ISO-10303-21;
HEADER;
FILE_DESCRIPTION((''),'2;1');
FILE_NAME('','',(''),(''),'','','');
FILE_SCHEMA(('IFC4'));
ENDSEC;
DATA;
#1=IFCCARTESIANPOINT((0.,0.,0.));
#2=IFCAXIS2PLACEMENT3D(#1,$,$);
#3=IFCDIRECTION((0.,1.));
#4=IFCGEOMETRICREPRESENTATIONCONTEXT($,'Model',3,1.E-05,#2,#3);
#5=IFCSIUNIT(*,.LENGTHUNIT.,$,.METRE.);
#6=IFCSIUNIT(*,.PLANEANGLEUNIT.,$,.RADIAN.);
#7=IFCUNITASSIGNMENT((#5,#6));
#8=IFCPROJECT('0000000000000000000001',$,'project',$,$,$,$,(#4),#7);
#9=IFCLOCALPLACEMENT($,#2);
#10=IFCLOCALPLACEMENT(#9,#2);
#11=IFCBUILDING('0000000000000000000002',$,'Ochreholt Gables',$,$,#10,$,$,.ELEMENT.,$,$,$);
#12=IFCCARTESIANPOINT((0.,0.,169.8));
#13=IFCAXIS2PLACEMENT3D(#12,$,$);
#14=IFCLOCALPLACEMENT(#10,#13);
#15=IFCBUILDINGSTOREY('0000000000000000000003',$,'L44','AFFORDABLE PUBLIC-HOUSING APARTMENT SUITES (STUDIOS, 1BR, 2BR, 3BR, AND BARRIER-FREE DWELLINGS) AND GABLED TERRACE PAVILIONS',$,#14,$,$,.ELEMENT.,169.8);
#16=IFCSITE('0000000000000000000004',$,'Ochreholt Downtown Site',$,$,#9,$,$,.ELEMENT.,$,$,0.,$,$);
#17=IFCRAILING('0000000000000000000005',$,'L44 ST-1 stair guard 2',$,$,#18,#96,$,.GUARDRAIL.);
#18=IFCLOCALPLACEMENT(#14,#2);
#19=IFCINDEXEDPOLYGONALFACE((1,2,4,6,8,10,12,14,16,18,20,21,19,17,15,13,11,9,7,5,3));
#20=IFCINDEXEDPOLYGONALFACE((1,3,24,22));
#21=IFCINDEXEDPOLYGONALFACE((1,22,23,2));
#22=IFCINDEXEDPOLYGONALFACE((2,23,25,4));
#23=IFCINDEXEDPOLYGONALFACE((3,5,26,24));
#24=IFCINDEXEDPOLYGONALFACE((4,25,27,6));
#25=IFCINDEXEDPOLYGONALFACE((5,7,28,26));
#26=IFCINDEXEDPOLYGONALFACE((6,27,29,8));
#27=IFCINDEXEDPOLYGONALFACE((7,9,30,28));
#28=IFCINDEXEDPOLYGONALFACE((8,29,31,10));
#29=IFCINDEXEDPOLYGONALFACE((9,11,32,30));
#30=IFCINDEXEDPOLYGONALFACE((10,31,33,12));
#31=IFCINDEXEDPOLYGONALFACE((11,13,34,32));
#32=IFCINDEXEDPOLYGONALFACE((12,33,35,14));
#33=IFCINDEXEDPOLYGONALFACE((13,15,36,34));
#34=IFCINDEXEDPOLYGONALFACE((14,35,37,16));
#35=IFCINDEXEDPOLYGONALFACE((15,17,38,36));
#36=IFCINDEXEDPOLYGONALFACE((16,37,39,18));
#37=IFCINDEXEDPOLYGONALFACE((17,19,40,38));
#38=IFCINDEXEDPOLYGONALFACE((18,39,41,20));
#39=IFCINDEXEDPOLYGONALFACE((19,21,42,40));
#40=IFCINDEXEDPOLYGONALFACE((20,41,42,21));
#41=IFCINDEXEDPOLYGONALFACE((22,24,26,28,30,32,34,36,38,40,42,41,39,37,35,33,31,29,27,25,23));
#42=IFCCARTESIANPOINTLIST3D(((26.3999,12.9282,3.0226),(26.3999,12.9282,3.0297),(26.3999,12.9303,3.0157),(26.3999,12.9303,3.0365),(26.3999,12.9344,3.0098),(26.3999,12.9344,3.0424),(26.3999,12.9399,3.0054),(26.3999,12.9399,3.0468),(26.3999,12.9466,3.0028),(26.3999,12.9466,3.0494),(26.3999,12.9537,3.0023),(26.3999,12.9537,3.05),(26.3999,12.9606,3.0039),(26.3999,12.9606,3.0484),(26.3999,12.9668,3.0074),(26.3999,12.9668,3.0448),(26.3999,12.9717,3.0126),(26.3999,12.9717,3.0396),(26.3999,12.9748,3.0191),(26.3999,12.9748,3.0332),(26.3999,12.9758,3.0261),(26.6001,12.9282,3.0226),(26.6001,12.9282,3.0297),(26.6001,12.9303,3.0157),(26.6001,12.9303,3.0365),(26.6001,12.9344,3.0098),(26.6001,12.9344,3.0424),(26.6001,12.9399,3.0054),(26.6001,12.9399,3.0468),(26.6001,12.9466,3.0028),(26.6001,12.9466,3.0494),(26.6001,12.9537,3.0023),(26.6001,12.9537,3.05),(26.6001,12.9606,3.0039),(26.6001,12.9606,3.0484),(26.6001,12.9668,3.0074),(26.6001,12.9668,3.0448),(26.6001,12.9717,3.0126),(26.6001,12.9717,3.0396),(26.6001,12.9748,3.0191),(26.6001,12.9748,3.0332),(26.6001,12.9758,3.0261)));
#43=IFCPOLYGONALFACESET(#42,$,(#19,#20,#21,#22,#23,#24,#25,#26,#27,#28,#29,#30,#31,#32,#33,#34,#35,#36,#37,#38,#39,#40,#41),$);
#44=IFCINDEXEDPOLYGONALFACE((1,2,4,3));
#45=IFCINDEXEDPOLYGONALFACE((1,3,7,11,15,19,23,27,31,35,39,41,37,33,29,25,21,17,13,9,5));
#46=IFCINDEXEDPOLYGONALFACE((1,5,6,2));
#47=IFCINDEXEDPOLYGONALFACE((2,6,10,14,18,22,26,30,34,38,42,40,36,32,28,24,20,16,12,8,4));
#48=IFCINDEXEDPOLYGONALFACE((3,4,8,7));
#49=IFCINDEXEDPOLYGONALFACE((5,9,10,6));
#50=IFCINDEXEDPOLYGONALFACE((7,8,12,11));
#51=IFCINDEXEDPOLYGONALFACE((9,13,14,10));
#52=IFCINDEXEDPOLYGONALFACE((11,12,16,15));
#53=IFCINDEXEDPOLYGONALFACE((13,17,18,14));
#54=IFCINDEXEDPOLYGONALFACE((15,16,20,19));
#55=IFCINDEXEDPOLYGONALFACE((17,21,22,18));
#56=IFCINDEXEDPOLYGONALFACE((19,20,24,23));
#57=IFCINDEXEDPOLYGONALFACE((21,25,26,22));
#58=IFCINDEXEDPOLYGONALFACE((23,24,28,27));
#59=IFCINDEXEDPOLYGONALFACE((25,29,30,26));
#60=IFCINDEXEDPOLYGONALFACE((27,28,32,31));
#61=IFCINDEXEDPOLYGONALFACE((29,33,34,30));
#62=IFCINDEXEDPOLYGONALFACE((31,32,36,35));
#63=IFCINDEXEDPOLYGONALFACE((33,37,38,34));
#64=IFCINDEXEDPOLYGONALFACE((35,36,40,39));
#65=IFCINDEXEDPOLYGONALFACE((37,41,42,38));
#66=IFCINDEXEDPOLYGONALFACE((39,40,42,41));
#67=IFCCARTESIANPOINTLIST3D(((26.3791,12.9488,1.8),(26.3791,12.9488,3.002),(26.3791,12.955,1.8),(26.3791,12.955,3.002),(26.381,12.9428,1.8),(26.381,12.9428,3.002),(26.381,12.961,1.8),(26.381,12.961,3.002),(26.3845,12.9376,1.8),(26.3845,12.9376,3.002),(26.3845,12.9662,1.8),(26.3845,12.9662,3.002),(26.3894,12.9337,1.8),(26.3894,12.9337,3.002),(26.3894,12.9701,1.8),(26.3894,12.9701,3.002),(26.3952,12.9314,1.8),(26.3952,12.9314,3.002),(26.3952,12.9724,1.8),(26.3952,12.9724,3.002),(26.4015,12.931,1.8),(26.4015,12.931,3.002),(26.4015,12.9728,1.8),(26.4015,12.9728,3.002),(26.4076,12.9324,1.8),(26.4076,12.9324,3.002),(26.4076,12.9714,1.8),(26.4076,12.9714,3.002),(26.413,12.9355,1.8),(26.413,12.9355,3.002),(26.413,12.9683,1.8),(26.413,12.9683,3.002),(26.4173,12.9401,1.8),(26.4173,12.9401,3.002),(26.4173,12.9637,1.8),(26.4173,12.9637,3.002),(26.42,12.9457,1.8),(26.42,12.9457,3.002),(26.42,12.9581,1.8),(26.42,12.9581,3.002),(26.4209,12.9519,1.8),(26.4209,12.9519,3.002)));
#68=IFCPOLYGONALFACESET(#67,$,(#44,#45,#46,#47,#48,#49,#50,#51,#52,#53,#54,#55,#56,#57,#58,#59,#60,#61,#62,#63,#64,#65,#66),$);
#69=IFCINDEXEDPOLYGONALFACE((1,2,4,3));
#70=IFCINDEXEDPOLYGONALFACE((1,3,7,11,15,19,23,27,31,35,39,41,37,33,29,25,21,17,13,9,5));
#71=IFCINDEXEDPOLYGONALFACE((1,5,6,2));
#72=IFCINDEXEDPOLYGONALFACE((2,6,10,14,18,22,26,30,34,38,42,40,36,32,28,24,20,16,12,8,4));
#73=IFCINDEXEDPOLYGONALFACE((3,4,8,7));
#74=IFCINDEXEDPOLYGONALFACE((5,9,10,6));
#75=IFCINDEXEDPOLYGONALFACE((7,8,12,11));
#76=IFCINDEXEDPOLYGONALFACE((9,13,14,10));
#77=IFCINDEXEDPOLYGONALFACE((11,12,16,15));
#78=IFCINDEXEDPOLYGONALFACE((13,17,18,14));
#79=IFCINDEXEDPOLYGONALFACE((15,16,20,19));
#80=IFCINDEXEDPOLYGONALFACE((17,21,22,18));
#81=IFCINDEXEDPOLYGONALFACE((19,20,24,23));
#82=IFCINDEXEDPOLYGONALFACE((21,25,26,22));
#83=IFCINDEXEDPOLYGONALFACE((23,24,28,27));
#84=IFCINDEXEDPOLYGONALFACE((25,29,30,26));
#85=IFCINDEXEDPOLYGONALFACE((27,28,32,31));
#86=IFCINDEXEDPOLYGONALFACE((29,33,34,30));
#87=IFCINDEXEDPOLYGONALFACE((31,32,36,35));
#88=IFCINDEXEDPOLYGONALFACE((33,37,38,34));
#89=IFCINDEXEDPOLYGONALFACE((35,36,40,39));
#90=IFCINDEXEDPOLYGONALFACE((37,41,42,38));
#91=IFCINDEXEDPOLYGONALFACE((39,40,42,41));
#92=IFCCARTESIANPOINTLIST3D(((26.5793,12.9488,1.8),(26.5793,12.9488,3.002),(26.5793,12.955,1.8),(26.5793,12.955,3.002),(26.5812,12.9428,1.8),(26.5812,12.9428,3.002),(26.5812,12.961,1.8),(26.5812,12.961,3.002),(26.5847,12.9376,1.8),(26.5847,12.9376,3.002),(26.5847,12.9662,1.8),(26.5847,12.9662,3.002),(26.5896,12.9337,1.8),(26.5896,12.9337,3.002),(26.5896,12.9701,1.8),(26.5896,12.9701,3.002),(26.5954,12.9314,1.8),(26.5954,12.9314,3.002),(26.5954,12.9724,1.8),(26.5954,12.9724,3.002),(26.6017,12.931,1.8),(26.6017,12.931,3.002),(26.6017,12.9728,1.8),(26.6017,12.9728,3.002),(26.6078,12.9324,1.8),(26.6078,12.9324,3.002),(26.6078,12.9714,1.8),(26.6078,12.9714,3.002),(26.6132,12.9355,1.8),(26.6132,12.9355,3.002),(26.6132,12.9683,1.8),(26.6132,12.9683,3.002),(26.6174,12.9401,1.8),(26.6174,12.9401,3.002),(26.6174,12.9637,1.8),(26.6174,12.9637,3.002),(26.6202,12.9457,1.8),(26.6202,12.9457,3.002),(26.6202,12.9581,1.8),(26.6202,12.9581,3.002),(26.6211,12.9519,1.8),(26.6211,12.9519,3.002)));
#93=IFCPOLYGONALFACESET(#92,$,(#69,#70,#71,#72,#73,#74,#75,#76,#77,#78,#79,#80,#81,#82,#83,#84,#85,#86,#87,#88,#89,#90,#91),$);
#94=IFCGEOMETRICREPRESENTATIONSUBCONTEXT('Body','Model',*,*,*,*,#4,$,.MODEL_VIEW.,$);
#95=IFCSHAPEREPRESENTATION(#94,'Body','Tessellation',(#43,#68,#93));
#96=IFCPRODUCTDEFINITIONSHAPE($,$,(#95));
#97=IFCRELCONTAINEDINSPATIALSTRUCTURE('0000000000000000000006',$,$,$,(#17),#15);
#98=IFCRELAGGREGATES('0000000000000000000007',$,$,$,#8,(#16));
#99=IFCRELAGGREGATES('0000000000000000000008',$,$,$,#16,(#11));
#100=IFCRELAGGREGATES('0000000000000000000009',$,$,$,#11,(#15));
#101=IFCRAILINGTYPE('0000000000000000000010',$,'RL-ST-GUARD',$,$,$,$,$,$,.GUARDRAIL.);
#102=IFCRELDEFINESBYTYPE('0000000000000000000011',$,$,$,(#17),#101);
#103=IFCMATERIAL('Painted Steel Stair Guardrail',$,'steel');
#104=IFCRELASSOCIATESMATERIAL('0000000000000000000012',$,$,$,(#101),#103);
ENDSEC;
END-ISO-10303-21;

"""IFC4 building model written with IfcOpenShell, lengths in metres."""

from ifc_helpers import new_model, si_unit, direction, frame, origin, origin_2d, place, context, subcontext, project, spatial, circle, extrude, material, type_object, element, save


model = new_model("IFC4")

# Units and contexts
model_context = context("Model", 3, precision=1e-05, world=origin(), true_north=direction((0.0, 1.0)))
body_context = subcontext(model_context, "Body", "Model", "MODEL_VIEW")
ifc_project = project(units=[si_unit("LENGTHUNIT", "METRE"), si_unit("PLANEANGLEUNIT", "RADIAN")], contexts=[model_context])

# Site, building, storey
site_placement = place(None, origin())
site = spatial("IfcSite", under=ifc_project, at=site_placement, Name="Ochreholt Downtown Site", CompositionType="ELEMENT", RefElevation=0.0)
building_placement = place(site_placement, origin())
building = spatial("IfcBuilding", under=site, at=building_placement, Name="Ochreholt Gables", CompositionType="ELEMENT")
storey_placement = place(building_placement, frame((0.0, 0.0, 169.8)))
storey = spatial("IfcBuildingStorey", under=building, at=storey_placement, Name="L44", Description="AFFORDABLE PUBLIC-HOUSING APARTMENT SUITES (STUDIOS, 1BR, 2BR, 3BR, AND BARRIER-FREE DWELLINGS) AND GABLED TERRACE PAVILIONS", CompositionType="ELEMENT", Elevation=169.8)

# Railing
ifc_material_1 = material(Name="Painted Steel Stair Guardrail", Category="steel")
railing_type_1 = type_object("IfcRailingType", Name="RL-ST-GUARD", PredefinedType="GUARDRAIL", material=ifc_material_1)
railing_1_placement = place(storey_placement, frame((26.3999, 12.9519, 1.8)))
element("IfcRailing", 1, at=railing_1_placement, inside=storey, type_object=railing_type_1, Name="L44 ST-1 stair guard 2", PredefinedType="GUARDRAIL", context=body_context, shape_type="SweptSolid", body=[
    extrude(circle(Radius=0.0239, at=origin_2d()), frame((0.0, 0.0, 1.2261), z_axis=(1.0, 0.0, 0.0), x_axis=(0.0, 1.0, 0.0)), (0.0, 0.0, 1.0), 0.2002),
    extrude(circle(Radius=0.021, at=origin_2d()), origin(), (0.0, 0.0, 1.0), 1.2019),
    extrude(circle(Radius=0.021, at=origin_2d()), frame((0.2002, 0.0, 0.0)), (0.0, 0.0, 1.0), 1.2019),
])

save(model, "model.ifc")
